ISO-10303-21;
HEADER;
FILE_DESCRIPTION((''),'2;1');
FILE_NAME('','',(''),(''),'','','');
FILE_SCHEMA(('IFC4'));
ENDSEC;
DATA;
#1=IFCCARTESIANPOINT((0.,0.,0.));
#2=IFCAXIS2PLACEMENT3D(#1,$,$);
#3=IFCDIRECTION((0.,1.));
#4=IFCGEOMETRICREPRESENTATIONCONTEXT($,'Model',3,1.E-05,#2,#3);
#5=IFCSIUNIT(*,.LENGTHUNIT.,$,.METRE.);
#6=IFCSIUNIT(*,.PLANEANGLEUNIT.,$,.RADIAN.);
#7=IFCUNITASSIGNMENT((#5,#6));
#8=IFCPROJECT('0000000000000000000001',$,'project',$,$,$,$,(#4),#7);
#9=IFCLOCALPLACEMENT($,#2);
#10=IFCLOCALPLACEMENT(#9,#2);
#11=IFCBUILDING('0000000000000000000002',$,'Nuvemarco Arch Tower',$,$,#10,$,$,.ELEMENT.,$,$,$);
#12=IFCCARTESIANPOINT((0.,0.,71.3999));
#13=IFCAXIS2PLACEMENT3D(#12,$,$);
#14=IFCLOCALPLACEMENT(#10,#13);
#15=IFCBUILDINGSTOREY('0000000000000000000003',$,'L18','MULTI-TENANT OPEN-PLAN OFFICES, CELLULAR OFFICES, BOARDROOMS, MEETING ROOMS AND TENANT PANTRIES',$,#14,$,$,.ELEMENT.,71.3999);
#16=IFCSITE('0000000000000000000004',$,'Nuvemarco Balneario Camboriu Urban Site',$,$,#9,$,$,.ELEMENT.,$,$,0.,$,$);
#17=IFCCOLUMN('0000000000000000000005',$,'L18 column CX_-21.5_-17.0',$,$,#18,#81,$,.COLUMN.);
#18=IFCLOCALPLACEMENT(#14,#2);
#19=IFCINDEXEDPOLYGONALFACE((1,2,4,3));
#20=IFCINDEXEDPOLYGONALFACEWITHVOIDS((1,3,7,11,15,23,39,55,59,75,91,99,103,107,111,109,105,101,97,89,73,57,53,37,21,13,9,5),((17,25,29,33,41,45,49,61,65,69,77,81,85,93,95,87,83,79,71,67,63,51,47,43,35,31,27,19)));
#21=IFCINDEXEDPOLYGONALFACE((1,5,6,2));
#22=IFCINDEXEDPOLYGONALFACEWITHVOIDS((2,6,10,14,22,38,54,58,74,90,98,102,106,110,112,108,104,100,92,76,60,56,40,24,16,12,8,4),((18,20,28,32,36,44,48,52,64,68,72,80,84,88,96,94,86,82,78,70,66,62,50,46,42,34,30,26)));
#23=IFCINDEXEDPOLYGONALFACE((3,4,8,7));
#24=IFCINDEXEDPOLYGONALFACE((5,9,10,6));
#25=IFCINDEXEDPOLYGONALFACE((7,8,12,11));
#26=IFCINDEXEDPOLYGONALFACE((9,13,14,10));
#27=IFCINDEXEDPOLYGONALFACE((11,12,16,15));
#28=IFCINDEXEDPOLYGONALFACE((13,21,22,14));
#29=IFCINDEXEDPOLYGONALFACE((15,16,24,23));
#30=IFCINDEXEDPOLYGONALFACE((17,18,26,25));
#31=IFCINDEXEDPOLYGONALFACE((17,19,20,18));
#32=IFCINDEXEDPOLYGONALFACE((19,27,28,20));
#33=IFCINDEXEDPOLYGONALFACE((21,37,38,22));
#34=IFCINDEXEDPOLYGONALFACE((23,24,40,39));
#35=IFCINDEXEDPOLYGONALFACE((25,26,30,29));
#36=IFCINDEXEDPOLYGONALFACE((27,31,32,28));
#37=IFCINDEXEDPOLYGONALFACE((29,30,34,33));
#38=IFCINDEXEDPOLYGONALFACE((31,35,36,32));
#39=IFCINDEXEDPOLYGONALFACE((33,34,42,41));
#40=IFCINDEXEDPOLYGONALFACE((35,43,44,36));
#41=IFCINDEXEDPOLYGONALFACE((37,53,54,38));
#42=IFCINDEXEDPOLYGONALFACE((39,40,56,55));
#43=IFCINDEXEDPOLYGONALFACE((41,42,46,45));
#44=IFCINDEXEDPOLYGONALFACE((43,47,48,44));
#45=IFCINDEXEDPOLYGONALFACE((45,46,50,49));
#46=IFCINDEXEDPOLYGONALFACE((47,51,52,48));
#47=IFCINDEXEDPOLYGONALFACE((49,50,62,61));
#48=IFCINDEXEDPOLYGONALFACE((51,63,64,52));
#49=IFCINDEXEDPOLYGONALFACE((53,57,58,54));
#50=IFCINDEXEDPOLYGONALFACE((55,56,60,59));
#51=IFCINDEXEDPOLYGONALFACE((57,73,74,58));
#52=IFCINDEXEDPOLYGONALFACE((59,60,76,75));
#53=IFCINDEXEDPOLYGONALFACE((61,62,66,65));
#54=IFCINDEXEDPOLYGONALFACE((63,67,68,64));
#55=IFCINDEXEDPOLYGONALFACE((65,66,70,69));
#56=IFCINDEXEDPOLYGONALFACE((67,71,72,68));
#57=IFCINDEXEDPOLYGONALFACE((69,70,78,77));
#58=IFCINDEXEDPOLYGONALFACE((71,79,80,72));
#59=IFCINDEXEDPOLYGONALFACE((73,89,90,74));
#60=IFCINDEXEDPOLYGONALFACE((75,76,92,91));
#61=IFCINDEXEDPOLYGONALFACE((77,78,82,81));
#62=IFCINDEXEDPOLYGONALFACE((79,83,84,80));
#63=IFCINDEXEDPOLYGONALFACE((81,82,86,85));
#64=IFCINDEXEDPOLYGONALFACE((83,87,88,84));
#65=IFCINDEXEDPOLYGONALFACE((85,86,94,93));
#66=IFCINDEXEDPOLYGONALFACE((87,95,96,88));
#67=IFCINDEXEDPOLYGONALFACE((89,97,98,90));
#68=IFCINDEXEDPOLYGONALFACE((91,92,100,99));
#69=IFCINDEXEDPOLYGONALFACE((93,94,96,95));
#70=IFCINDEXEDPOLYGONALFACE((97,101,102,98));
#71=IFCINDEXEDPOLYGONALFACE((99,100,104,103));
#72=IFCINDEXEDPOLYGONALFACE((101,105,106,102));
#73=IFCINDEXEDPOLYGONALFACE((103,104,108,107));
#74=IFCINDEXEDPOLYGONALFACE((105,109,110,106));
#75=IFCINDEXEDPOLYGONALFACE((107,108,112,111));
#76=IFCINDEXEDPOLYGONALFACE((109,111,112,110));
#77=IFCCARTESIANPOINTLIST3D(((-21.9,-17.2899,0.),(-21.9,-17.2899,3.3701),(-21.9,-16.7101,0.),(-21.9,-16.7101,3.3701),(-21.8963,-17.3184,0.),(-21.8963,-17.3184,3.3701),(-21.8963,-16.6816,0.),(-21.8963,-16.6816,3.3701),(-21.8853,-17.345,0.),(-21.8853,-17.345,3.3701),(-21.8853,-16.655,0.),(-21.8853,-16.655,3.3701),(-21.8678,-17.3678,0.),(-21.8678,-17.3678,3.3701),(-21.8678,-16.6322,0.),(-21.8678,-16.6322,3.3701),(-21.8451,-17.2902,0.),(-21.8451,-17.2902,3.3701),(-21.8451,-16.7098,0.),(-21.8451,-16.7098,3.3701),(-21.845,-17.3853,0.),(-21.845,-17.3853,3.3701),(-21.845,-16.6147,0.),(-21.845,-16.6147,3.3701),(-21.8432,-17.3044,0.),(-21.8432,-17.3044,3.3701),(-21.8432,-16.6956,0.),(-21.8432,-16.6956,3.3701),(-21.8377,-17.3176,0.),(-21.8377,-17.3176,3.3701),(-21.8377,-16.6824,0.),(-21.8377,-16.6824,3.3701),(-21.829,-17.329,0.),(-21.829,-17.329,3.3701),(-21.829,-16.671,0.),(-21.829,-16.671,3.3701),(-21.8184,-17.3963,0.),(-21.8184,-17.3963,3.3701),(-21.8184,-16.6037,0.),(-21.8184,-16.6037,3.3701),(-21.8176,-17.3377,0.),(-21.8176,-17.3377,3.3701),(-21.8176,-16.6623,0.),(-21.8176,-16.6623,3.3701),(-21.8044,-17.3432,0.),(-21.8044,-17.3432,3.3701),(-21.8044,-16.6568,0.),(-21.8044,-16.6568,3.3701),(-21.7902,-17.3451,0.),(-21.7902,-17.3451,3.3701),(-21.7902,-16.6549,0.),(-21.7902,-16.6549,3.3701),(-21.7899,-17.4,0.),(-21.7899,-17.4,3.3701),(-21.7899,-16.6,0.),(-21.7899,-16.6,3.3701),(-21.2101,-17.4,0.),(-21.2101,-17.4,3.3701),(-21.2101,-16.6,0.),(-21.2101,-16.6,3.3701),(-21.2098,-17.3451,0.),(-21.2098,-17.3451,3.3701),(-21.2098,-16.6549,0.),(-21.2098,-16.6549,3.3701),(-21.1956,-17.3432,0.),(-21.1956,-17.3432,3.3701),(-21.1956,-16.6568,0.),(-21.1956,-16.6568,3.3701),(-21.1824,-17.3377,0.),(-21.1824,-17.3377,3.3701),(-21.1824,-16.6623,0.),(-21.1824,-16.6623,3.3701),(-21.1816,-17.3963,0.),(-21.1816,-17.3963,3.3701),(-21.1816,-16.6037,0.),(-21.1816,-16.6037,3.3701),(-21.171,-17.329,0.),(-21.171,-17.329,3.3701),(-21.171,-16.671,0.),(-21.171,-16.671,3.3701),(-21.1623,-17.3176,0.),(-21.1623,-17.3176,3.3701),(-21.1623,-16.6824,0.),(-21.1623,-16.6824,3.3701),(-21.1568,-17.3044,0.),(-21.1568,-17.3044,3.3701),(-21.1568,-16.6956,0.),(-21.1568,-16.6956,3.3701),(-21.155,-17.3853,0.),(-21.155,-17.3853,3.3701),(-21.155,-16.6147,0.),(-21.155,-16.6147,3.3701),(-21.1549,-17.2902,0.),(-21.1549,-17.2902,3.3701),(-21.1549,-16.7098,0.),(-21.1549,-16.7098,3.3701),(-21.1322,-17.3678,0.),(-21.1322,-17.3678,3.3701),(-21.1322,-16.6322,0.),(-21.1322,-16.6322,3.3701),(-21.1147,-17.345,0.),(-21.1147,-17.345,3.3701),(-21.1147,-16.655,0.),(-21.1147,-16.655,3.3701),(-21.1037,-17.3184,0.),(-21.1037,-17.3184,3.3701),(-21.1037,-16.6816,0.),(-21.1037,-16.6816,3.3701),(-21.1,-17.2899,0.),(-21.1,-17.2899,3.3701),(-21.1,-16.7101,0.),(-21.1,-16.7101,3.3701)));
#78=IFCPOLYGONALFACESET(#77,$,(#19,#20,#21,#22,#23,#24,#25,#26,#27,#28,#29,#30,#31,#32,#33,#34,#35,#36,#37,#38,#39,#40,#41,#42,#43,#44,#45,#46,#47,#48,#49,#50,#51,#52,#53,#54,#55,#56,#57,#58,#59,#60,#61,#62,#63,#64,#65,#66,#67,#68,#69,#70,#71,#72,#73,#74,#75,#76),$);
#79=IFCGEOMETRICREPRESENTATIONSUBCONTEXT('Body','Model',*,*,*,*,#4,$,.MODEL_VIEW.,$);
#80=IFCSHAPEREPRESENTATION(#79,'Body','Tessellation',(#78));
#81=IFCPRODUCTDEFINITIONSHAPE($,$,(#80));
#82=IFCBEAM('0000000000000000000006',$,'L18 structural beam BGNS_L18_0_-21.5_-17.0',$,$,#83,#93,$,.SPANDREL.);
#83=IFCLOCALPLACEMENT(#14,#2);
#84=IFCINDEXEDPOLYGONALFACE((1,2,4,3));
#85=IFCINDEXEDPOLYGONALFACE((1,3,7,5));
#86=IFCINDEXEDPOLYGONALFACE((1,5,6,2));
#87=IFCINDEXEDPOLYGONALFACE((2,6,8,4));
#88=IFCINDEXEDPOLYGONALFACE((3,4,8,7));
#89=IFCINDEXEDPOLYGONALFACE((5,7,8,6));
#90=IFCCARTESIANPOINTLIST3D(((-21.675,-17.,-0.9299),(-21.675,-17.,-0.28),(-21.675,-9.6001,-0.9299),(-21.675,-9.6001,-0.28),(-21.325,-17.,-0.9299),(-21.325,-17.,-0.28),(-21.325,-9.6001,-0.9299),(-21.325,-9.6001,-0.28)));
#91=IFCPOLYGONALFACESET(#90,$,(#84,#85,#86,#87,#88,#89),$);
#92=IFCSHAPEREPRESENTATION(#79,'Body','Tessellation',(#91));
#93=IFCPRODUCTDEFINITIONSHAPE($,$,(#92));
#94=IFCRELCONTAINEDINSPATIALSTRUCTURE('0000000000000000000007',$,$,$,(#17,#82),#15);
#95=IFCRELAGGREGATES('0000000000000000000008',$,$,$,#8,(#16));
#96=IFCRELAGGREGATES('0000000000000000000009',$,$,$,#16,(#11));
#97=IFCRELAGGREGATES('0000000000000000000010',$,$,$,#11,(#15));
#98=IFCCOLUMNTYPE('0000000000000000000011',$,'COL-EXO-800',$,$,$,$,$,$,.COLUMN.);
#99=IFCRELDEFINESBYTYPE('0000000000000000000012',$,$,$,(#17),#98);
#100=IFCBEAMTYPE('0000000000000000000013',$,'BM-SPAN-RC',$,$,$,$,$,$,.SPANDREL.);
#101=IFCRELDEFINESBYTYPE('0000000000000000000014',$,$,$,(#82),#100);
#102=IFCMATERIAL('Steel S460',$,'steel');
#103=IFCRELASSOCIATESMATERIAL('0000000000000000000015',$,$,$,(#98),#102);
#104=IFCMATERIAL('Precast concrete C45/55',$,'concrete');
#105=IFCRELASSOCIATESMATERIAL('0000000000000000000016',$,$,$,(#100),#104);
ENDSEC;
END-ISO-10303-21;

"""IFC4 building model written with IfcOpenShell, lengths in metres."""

from ifc_helpers import new_model, si_unit, direction, frame, origin, origin_2d, place, context, subcontext, project, spatial, rectangle, hollow_rectangle, extrude, material, material_profile, profile_set, type_object, element, save


model = new_model("IFC4")

# Units and contexts
model_context = context("Model", 3, precision=1e-05, world=origin(), true_north=direction((0.0, 1.0)))
body_context = subcontext(model_context, "Body", "Model", "MODEL_VIEW")
ifc_project = project(units=[si_unit("LENGTHUNIT", "METRE"), si_unit("PLANEANGLEUNIT", "RADIAN")], contexts=[model_context])

# Site, building, storey
site_placement = place(None, origin())
site = spatial("IfcSite", under=ifc_project, at=site_placement, Name="Nuvemarco Balneario Camboriu Urban Site", CompositionType="ELEMENT", RefElevation=0.0)
building_placement = place(site_placement, origin())
building = spatial("IfcBuilding", under=site, at=building_placement, Name="Nuvemarco Arch Tower", CompositionType="ELEMENT")
storey_placement = place(building_placement, frame((0.0, 0.0, 71.3999)))
storey = spatial("IfcBuildingStorey", under=building, at=storey_placement, Name="L18", Description="MULTI-TENANT OPEN-PLAN OFFICES, CELLULAR OFFICES, BOARDROOMS, MEETING ROOMS AND TENANT PANTRIES", CompositionType="ELEMENT", Elevation=71.3999)

# Column
ifc_material_1 = material(Name="Steel S460", Category="steel")
ifc_material_profile_1 = material_profile(ifc_material_1, hollow_rectangle(XDim=0.8, YDim=0.8, WallThickness=0.0549, InnerFilletRadius=0.0549, OuterFilletRadius=0.1101, at=origin_2d()), Name="SHS800x800x55")
ifc_profile_set_1 = profile_set([ifc_material_profile_1], Name="Steel S460")
column_type = type_object("IfcColumnType", Name="COL-EXO-800", PredefinedType="COLUMN", material=ifc_profile_set_1)
column_placement = place(storey_placement, frame((-21.5, -17.0, 0.0), z_axis=(0.0, 0.0, 1.0), x_axis=(1.0, 0.0, 0.0)))
element("IfcColumn", 1, at=column_placement, inside=storey, type_object=column_type, Name="L18 column CX_-21.5_-17.0", PredefinedType="COLUMN", context=body_context, shape_type="SweptSolid", body=[
    extrude(hollow_rectangle(XDim=0.8, YDim=0.8, WallThickness=0.0549, InnerFilletRadius=0.0549, OuterFilletRadius=0.1101, at=origin_2d()), origin(), (0.0, 0.0, 1.0), 3.3701),
])

# Beam
ifc_material_2 = material(Name="Precast concrete C45/55", Category="concrete")
ifc_material_profile_2 = material_profile(ifc_material_2, rectangle(XDim=0.3501, YDim=0.6499, at=origin_2d()), Name="PC-SP-350x650")
ifc_profile_set_2 = profile_set([ifc_material_profile_2], Name="Precast concrete C45/55")
beam_type = type_object("IfcBeamType", Name="BM-SPAN-RC", PredefinedType="SPANDREL", material=ifc_profile_set_2)
beam_placement = place(storey_placement, frame((-21.5, -17.0, -0.605), z_axis=(0.0, 1.0, 0.0), x_axis=(-1.0, 0.0, 0.0)))
element("IfcBeam", 2, at=beam_placement, inside=storey, type_object=beam_type, Name="L18 structural beam BGNS_L18_0_-21.5_-17.0", PredefinedType="SPANDREL", context=body_context, shape_type="SweptSolid", body=[
    extrude(rectangle(XDim=0.3501, YDim=0.6499, at=origin_2d()), origin(), (0.0, 0.0, 1.0), 7.3999),
])

save(model, "model.ifc")
